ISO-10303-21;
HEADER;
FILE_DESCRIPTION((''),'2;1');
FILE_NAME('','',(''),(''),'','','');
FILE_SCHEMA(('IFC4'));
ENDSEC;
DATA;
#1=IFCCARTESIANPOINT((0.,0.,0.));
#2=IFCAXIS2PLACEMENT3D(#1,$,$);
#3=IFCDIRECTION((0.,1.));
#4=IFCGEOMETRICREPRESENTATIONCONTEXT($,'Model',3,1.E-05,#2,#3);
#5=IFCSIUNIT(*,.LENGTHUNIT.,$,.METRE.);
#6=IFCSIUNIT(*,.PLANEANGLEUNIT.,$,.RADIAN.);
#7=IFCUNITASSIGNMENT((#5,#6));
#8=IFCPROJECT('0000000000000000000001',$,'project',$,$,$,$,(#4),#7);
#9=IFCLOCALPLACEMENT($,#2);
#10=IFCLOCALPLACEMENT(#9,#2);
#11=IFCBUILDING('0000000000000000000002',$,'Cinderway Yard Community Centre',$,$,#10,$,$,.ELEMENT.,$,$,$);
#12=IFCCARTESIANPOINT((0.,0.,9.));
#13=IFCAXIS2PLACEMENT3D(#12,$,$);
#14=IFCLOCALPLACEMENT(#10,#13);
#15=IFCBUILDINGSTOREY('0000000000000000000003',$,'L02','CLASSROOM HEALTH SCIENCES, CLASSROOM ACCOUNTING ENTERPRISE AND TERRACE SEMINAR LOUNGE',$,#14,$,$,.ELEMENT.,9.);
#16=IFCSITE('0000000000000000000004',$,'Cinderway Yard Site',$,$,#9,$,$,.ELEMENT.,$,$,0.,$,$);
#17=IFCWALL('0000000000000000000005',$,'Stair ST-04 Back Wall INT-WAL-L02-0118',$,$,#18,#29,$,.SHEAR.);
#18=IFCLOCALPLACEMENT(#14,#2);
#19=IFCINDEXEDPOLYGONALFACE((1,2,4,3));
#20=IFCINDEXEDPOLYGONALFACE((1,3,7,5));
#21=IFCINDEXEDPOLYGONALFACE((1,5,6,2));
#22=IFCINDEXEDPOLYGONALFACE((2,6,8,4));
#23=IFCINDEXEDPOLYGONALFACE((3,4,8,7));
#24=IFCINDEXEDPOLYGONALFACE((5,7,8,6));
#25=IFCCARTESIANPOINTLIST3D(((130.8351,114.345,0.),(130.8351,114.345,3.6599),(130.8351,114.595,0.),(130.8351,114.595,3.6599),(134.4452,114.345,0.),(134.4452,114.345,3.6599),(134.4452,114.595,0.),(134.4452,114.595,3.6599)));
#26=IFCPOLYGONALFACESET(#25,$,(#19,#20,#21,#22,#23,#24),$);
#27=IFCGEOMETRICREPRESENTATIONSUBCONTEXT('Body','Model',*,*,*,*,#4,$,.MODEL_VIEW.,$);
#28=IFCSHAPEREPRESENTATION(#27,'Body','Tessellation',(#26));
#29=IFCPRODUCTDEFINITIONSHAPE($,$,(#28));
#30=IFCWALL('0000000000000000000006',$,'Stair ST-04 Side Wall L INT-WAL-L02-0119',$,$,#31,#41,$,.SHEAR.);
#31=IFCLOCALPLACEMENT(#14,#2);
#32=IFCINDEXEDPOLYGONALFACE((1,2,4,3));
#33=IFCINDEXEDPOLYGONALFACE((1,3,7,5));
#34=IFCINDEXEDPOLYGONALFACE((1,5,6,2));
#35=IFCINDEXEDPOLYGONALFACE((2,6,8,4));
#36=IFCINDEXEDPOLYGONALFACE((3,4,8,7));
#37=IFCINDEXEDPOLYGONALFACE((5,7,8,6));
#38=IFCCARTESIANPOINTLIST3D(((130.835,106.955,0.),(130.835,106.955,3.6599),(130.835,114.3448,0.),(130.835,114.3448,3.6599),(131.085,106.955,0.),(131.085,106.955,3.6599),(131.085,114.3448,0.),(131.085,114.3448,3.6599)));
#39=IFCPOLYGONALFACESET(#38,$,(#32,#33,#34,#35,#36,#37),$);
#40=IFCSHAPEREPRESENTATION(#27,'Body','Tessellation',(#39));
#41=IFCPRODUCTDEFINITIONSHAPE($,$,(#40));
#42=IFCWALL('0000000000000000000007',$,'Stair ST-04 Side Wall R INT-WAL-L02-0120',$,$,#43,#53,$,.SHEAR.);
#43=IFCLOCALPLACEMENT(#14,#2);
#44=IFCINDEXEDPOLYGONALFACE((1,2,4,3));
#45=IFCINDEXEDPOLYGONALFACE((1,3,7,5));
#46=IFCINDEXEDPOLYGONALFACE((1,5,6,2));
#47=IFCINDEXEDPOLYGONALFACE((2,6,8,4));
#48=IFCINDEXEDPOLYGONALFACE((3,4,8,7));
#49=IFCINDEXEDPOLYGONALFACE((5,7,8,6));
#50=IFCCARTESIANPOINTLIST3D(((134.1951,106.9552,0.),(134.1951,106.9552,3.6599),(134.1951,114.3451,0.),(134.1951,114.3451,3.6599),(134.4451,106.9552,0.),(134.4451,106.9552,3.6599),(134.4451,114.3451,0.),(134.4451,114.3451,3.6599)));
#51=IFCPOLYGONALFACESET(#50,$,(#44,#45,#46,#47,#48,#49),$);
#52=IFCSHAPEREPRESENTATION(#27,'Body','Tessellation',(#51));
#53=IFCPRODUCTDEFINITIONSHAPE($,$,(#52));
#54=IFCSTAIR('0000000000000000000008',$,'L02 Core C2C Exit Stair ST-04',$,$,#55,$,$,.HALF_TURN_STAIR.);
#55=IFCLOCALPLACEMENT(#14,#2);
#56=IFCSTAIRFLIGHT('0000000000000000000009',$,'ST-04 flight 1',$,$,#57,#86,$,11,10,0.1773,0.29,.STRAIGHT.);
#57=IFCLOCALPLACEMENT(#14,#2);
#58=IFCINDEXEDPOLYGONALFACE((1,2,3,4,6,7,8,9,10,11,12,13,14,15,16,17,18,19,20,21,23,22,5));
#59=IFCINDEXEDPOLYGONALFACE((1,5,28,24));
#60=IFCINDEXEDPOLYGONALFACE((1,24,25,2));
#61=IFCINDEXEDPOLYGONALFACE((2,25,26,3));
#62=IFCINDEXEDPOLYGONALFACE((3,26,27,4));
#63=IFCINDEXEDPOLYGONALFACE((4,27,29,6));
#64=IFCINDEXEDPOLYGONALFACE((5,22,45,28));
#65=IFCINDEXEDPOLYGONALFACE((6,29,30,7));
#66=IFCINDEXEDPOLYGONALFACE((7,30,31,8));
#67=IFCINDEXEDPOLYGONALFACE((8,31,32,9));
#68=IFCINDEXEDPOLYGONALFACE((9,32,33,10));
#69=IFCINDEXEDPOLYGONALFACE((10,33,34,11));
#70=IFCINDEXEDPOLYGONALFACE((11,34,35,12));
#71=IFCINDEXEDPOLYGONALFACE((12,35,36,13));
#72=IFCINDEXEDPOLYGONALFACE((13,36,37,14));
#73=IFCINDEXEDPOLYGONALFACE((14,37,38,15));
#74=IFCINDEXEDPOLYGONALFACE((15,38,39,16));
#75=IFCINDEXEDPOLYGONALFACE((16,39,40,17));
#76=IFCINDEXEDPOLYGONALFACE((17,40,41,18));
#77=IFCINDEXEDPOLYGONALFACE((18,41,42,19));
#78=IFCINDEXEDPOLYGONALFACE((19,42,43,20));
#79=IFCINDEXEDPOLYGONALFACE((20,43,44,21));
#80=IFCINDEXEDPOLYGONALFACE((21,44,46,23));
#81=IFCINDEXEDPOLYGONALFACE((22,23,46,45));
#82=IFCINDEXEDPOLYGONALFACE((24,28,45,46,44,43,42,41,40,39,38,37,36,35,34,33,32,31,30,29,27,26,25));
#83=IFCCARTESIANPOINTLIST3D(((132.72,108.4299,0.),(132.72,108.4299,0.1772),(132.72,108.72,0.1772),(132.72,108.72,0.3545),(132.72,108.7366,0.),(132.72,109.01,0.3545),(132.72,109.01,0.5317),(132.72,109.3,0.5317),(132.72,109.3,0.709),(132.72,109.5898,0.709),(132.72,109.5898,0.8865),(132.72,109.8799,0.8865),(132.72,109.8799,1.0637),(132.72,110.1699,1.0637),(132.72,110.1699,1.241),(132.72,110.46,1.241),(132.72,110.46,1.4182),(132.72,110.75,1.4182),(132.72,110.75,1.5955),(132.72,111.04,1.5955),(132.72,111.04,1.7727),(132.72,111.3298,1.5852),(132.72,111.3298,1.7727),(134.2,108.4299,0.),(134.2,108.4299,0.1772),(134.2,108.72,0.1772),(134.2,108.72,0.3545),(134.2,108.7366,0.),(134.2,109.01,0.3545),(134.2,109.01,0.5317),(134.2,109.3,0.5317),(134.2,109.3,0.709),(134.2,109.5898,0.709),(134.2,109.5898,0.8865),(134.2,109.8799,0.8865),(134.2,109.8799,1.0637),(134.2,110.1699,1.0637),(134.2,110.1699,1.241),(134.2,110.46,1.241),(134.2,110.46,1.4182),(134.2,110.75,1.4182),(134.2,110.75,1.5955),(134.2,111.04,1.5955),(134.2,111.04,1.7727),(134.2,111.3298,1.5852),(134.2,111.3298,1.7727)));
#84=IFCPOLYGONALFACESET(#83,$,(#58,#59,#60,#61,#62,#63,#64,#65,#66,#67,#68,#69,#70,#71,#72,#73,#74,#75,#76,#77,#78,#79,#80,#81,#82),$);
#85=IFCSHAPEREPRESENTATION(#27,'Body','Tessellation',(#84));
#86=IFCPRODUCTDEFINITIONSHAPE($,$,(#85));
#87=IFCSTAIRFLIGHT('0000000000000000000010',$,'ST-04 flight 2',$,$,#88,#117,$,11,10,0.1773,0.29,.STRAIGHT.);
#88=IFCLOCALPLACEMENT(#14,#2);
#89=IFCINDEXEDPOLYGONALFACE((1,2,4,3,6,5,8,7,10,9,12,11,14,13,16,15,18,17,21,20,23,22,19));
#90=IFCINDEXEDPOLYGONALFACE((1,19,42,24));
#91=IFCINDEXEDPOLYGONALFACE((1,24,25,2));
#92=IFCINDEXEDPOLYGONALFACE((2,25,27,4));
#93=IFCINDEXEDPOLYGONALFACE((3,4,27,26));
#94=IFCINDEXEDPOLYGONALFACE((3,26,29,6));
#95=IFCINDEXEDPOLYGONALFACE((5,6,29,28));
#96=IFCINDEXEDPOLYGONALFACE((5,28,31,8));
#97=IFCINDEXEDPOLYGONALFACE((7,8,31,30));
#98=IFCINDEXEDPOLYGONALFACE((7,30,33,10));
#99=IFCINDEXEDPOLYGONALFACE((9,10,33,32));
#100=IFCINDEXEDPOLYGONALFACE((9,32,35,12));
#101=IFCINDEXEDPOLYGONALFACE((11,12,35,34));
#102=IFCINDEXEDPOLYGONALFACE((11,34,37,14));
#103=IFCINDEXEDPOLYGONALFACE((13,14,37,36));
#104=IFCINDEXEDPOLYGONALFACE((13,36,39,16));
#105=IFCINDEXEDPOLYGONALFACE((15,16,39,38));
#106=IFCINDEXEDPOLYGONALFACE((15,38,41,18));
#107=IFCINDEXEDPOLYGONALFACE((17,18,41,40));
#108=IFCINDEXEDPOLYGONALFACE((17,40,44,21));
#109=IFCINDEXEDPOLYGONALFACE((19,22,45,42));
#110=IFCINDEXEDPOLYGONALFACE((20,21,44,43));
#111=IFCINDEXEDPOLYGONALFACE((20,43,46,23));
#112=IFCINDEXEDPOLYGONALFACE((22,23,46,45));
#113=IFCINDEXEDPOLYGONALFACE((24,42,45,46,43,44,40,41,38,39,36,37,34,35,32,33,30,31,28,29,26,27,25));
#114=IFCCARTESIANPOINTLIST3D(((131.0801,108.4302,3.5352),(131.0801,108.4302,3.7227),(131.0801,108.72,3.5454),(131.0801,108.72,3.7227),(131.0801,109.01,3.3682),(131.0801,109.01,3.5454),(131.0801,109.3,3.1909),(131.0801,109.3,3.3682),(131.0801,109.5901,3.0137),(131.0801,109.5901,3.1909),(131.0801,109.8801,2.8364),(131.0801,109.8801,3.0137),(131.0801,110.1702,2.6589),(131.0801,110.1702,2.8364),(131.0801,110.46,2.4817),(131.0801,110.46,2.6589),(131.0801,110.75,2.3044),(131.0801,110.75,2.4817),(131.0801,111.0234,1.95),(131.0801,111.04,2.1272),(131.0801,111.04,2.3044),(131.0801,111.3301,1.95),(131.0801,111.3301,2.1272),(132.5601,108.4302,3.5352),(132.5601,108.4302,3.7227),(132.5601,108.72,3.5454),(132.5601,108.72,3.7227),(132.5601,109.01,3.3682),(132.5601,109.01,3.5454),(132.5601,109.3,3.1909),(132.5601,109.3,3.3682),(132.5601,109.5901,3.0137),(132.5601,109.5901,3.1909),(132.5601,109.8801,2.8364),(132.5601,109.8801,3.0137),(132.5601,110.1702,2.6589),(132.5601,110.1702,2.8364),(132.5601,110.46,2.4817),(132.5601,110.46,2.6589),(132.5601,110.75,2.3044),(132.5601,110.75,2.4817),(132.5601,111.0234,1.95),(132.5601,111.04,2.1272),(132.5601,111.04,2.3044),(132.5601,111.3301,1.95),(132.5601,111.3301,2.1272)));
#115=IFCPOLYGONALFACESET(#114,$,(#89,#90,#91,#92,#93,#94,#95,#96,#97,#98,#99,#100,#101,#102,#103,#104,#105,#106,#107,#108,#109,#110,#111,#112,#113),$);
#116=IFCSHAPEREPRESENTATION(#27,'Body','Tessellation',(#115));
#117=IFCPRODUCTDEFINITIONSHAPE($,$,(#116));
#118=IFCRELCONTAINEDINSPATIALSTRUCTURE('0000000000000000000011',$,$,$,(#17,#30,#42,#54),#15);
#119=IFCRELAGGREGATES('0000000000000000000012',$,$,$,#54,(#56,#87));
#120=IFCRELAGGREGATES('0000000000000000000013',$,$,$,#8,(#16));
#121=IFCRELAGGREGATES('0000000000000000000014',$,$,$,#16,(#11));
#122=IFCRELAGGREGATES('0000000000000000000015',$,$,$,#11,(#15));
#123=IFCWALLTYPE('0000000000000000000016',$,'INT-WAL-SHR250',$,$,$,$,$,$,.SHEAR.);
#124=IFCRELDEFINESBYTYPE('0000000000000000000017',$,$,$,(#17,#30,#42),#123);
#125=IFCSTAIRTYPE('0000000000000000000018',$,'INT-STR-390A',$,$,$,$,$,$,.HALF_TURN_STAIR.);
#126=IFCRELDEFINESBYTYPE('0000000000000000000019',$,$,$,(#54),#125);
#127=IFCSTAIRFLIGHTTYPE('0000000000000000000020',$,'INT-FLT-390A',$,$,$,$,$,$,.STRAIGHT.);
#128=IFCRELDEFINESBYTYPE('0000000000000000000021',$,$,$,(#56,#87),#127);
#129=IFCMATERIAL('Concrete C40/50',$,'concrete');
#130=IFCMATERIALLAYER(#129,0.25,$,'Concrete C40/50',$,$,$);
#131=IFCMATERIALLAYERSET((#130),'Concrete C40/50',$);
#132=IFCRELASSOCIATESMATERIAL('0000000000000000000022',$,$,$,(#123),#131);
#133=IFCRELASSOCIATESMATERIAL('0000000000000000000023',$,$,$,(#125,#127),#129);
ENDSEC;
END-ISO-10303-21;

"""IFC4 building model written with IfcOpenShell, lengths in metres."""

from ifc_helpers import new_model, si_unit, direction, frame, frame_2d, origin, place, context, subcontext, project, spatial, polyline, rectangle, outline, extrude, material, layer, layer_set, type_object, element, aggregate, save


model = new_model("IFC4")

# Units and contexts
model_context = context("Model", 3, precision=1e-05, world=origin(), true_north=direction((0.0, 1.0)))
body_context = subcontext(model_context, "Body", "Model", "MODEL_VIEW")
ifc_project = project(units=[si_unit("LENGTHUNIT", "METRE"), si_unit("PLANEANGLEUNIT", "RADIAN")], contexts=[model_context])

# Site, building, storey
site_placement = place(None, origin())
site = spatial("IfcSite", under=ifc_project, at=site_placement, Name="Cinderway Yard Site", CompositionType="ELEMENT", RefElevation=0.0)
building_placement = place(site_placement, origin())
building = spatial("IfcBuilding", under=site, at=building_placement, Name="Cinderway Yard Community Centre", CompositionType="ELEMENT")
storey_placement = place(building_placement, frame((0.0, 0.0, 9.0)))
storey = spatial("IfcBuildingStorey", under=building, at=storey_placement, Name="L02", Description="CLASSROOM HEALTH SCIENCES, CLASSROOM ACCOUNTING ENTERPRISE AND TERRACE SEMINAR LOUNGE", CompositionType="ELEMENT", Elevation=9.0)

# Shared definitions
ifc_material_1 = material(Name="Concrete C40/50", Category="concrete")

# Shared definitions
ifc_layer_1 = layer(ifc_material_1, 0.25, Name="Concrete C40/50")
ifc_layer_set_1 = layer_set([ifc_layer_1], Name="Concrete C40/50")
wall_type_1 = type_object("IfcWallType", Name="INT-WAL-SHR250", PredefinedType="SHEAR", material=ifc_layer_set_1)

# Walls
wall_1_placement = place(storey_placement, frame((130.835, 114.47, 0.0), z_axis=(0.0, 0.0, 1.0), x_axis=(1.0, 0.0, 0.0)))
element("IfcWall", 1, at=wall_1_placement, inside=storey, type_object=wall_type_1, Name="Stair ST-04 Back Wall INT-WAL-L02-0118", PredefinedType="SHEAR", context=body_context, shape_type="SweptSolid", body=[
    extrude(rectangle(XDim=3.6101, YDim=0.25, at=frame_2d((1.8052, 0.0))), origin(), (0.0, 0.0, 1.0), 3.6599),
])
for number, where, z_axis, x_axis, name in (
    (2, (130.96, 106.9551, 0.0), (0.0, 0.0, 1.0), (0.0, 1.0, 0.0), "Stair ST-04 Side Wall L INT-WAL-L02-0119"),
    (3, (134.3201, 114.345, 0.0), (0.0, 0.0, 1.0), (0.0, -1.0, 0.0), "Stair ST-04 Side Wall R INT-WAL-L02-0120"),
):
    element("IfcWall", number, at=place(storey_placement, frame(where, z_axis=z_axis, x_axis=x_axis)), inside=storey, type_object=wall_type_1, Name=name, PredefinedType="SHEAR", context=body_context, shape_type="SweptSolid", body=[
        extrude(rectangle(XDim=7.3899, YDim=0.25, at=frame_2d((3.6948, 0.0))), origin(), (0.0, 0.0, 1.0), 3.6599),
    ])

# Stair, stair flights
stair_type = type_object("IfcStairType", Name="INT-STR-390A", PredefinedType="HALF_TURN_STAIR", material=ifc_material_1)
stair_placement = place(storey_placement, origin())
stair = element("IfcStair", 4, at=stair_placement, inside=storey, type_object=stair_type, Name="L02 Core C2C Exit Stair ST-04", PredefinedType="HALF_TURN_STAIR")
stair_flight_type = type_object("IfcStairFlightType", Name="INT-FLT-390A", PredefinedType="STRAIGHT", material=ifc_material_1)
stair_flight_1_placement = place(storey_placement, frame((133.46, 108.4299, 0.0), z_axis=(0.0, 0.0, 1.0), x_axis=(0.0, 1.0, 0.0)))
stair_flight_1 = element("IfcStairFlight", 5, at=stair_flight_1_placement, type_object=stair_flight_type, Name="ST-04 flight 1", NumberOfRisers=11, NumberOfTreads=10, PredefinedType="STRAIGHT", RiserHeight=0.1773, TreadLength=0.29, context=body_context, shape_type="SweptSolid", body=[
    extrude(outline(polyline([(0.0, 0.0), (0.0, 0.1772), (0.29, 0.1772), (0.29, 0.3545), (0.5801, 0.3545), (0.5801, 0.5317), (0.8701, 0.5317), (0.8701, 0.709), (1.1599, 0.709), (1.1599, 0.8865), (1.45, 0.8865), (1.45, 1.0637), (1.74, 1.0637), (1.74, 1.241), (2.03, 1.241), (2.03, 1.4182), (2.3201, 1.4182), (2.3201, 1.5955), (2.6101, 1.5955), (2.6101, 1.7727), (2.8999, 1.7727), (2.8999, 1.95), (2.8999, 1.5852), (0.3066, 0.0), (0.0, 0.0)])), frame((0.0, 0.74, 0.0), z_axis=(0.0, -1.0, 0.0), x_axis=(1.0, 0.0, 0.0)), (0.0, 0.0, 1.0), 1.48),
])
stair_flight_2_placement = place(storey_placement, frame((131.8201, 111.3301, 1.95), z_axis=(0.0, 0.0, 1.0), x_axis=(0.0, -1.0, 0.0)))
stair_flight_2 = element("IfcStairFlight", 6, at=stair_flight_2_placement, type_object=stair_flight_type, Name="ST-04 flight 2", NumberOfRisers=11, NumberOfTreads=10, PredefinedType="STRAIGHT", RiserHeight=0.1773, TreadLength=0.29, context=body_context, shape_type="SweptSolid", body=[
    extrude(outline(polyline([(0.0, 0.0), (0.0, 0.1772), (0.29, 0.1772), (0.29, 0.3545), (0.5801, 0.3545), (0.5801, 0.5317), (0.8701, 0.5317), (0.8701, 0.709), (1.1599, 0.709), (1.1599, 0.8865), (1.45, 0.8865), (1.45, 1.0637), (1.74, 1.0637), (1.74, 1.241), (2.03, 1.241), (2.03, 1.4182), (2.3201, 1.4182), (2.3201, 1.5955), (2.6101, 1.5955), (2.6101, 1.7727), (2.8999, 1.7727), (2.8999, 1.95), (2.8999, 1.5852), (0.3066, 0.0), (0.0, 0.0)])), frame((0.0, 0.74, 0.0), z_axis=(0.0, -1.0, 0.0), x_axis=(1.0, 0.0, 0.0)), (0.0, 0.0, 1.0), 1.48),
])
aggregate(stair, [stair_flight_1, stair_flight_2])

save(model, "model.ifc")
